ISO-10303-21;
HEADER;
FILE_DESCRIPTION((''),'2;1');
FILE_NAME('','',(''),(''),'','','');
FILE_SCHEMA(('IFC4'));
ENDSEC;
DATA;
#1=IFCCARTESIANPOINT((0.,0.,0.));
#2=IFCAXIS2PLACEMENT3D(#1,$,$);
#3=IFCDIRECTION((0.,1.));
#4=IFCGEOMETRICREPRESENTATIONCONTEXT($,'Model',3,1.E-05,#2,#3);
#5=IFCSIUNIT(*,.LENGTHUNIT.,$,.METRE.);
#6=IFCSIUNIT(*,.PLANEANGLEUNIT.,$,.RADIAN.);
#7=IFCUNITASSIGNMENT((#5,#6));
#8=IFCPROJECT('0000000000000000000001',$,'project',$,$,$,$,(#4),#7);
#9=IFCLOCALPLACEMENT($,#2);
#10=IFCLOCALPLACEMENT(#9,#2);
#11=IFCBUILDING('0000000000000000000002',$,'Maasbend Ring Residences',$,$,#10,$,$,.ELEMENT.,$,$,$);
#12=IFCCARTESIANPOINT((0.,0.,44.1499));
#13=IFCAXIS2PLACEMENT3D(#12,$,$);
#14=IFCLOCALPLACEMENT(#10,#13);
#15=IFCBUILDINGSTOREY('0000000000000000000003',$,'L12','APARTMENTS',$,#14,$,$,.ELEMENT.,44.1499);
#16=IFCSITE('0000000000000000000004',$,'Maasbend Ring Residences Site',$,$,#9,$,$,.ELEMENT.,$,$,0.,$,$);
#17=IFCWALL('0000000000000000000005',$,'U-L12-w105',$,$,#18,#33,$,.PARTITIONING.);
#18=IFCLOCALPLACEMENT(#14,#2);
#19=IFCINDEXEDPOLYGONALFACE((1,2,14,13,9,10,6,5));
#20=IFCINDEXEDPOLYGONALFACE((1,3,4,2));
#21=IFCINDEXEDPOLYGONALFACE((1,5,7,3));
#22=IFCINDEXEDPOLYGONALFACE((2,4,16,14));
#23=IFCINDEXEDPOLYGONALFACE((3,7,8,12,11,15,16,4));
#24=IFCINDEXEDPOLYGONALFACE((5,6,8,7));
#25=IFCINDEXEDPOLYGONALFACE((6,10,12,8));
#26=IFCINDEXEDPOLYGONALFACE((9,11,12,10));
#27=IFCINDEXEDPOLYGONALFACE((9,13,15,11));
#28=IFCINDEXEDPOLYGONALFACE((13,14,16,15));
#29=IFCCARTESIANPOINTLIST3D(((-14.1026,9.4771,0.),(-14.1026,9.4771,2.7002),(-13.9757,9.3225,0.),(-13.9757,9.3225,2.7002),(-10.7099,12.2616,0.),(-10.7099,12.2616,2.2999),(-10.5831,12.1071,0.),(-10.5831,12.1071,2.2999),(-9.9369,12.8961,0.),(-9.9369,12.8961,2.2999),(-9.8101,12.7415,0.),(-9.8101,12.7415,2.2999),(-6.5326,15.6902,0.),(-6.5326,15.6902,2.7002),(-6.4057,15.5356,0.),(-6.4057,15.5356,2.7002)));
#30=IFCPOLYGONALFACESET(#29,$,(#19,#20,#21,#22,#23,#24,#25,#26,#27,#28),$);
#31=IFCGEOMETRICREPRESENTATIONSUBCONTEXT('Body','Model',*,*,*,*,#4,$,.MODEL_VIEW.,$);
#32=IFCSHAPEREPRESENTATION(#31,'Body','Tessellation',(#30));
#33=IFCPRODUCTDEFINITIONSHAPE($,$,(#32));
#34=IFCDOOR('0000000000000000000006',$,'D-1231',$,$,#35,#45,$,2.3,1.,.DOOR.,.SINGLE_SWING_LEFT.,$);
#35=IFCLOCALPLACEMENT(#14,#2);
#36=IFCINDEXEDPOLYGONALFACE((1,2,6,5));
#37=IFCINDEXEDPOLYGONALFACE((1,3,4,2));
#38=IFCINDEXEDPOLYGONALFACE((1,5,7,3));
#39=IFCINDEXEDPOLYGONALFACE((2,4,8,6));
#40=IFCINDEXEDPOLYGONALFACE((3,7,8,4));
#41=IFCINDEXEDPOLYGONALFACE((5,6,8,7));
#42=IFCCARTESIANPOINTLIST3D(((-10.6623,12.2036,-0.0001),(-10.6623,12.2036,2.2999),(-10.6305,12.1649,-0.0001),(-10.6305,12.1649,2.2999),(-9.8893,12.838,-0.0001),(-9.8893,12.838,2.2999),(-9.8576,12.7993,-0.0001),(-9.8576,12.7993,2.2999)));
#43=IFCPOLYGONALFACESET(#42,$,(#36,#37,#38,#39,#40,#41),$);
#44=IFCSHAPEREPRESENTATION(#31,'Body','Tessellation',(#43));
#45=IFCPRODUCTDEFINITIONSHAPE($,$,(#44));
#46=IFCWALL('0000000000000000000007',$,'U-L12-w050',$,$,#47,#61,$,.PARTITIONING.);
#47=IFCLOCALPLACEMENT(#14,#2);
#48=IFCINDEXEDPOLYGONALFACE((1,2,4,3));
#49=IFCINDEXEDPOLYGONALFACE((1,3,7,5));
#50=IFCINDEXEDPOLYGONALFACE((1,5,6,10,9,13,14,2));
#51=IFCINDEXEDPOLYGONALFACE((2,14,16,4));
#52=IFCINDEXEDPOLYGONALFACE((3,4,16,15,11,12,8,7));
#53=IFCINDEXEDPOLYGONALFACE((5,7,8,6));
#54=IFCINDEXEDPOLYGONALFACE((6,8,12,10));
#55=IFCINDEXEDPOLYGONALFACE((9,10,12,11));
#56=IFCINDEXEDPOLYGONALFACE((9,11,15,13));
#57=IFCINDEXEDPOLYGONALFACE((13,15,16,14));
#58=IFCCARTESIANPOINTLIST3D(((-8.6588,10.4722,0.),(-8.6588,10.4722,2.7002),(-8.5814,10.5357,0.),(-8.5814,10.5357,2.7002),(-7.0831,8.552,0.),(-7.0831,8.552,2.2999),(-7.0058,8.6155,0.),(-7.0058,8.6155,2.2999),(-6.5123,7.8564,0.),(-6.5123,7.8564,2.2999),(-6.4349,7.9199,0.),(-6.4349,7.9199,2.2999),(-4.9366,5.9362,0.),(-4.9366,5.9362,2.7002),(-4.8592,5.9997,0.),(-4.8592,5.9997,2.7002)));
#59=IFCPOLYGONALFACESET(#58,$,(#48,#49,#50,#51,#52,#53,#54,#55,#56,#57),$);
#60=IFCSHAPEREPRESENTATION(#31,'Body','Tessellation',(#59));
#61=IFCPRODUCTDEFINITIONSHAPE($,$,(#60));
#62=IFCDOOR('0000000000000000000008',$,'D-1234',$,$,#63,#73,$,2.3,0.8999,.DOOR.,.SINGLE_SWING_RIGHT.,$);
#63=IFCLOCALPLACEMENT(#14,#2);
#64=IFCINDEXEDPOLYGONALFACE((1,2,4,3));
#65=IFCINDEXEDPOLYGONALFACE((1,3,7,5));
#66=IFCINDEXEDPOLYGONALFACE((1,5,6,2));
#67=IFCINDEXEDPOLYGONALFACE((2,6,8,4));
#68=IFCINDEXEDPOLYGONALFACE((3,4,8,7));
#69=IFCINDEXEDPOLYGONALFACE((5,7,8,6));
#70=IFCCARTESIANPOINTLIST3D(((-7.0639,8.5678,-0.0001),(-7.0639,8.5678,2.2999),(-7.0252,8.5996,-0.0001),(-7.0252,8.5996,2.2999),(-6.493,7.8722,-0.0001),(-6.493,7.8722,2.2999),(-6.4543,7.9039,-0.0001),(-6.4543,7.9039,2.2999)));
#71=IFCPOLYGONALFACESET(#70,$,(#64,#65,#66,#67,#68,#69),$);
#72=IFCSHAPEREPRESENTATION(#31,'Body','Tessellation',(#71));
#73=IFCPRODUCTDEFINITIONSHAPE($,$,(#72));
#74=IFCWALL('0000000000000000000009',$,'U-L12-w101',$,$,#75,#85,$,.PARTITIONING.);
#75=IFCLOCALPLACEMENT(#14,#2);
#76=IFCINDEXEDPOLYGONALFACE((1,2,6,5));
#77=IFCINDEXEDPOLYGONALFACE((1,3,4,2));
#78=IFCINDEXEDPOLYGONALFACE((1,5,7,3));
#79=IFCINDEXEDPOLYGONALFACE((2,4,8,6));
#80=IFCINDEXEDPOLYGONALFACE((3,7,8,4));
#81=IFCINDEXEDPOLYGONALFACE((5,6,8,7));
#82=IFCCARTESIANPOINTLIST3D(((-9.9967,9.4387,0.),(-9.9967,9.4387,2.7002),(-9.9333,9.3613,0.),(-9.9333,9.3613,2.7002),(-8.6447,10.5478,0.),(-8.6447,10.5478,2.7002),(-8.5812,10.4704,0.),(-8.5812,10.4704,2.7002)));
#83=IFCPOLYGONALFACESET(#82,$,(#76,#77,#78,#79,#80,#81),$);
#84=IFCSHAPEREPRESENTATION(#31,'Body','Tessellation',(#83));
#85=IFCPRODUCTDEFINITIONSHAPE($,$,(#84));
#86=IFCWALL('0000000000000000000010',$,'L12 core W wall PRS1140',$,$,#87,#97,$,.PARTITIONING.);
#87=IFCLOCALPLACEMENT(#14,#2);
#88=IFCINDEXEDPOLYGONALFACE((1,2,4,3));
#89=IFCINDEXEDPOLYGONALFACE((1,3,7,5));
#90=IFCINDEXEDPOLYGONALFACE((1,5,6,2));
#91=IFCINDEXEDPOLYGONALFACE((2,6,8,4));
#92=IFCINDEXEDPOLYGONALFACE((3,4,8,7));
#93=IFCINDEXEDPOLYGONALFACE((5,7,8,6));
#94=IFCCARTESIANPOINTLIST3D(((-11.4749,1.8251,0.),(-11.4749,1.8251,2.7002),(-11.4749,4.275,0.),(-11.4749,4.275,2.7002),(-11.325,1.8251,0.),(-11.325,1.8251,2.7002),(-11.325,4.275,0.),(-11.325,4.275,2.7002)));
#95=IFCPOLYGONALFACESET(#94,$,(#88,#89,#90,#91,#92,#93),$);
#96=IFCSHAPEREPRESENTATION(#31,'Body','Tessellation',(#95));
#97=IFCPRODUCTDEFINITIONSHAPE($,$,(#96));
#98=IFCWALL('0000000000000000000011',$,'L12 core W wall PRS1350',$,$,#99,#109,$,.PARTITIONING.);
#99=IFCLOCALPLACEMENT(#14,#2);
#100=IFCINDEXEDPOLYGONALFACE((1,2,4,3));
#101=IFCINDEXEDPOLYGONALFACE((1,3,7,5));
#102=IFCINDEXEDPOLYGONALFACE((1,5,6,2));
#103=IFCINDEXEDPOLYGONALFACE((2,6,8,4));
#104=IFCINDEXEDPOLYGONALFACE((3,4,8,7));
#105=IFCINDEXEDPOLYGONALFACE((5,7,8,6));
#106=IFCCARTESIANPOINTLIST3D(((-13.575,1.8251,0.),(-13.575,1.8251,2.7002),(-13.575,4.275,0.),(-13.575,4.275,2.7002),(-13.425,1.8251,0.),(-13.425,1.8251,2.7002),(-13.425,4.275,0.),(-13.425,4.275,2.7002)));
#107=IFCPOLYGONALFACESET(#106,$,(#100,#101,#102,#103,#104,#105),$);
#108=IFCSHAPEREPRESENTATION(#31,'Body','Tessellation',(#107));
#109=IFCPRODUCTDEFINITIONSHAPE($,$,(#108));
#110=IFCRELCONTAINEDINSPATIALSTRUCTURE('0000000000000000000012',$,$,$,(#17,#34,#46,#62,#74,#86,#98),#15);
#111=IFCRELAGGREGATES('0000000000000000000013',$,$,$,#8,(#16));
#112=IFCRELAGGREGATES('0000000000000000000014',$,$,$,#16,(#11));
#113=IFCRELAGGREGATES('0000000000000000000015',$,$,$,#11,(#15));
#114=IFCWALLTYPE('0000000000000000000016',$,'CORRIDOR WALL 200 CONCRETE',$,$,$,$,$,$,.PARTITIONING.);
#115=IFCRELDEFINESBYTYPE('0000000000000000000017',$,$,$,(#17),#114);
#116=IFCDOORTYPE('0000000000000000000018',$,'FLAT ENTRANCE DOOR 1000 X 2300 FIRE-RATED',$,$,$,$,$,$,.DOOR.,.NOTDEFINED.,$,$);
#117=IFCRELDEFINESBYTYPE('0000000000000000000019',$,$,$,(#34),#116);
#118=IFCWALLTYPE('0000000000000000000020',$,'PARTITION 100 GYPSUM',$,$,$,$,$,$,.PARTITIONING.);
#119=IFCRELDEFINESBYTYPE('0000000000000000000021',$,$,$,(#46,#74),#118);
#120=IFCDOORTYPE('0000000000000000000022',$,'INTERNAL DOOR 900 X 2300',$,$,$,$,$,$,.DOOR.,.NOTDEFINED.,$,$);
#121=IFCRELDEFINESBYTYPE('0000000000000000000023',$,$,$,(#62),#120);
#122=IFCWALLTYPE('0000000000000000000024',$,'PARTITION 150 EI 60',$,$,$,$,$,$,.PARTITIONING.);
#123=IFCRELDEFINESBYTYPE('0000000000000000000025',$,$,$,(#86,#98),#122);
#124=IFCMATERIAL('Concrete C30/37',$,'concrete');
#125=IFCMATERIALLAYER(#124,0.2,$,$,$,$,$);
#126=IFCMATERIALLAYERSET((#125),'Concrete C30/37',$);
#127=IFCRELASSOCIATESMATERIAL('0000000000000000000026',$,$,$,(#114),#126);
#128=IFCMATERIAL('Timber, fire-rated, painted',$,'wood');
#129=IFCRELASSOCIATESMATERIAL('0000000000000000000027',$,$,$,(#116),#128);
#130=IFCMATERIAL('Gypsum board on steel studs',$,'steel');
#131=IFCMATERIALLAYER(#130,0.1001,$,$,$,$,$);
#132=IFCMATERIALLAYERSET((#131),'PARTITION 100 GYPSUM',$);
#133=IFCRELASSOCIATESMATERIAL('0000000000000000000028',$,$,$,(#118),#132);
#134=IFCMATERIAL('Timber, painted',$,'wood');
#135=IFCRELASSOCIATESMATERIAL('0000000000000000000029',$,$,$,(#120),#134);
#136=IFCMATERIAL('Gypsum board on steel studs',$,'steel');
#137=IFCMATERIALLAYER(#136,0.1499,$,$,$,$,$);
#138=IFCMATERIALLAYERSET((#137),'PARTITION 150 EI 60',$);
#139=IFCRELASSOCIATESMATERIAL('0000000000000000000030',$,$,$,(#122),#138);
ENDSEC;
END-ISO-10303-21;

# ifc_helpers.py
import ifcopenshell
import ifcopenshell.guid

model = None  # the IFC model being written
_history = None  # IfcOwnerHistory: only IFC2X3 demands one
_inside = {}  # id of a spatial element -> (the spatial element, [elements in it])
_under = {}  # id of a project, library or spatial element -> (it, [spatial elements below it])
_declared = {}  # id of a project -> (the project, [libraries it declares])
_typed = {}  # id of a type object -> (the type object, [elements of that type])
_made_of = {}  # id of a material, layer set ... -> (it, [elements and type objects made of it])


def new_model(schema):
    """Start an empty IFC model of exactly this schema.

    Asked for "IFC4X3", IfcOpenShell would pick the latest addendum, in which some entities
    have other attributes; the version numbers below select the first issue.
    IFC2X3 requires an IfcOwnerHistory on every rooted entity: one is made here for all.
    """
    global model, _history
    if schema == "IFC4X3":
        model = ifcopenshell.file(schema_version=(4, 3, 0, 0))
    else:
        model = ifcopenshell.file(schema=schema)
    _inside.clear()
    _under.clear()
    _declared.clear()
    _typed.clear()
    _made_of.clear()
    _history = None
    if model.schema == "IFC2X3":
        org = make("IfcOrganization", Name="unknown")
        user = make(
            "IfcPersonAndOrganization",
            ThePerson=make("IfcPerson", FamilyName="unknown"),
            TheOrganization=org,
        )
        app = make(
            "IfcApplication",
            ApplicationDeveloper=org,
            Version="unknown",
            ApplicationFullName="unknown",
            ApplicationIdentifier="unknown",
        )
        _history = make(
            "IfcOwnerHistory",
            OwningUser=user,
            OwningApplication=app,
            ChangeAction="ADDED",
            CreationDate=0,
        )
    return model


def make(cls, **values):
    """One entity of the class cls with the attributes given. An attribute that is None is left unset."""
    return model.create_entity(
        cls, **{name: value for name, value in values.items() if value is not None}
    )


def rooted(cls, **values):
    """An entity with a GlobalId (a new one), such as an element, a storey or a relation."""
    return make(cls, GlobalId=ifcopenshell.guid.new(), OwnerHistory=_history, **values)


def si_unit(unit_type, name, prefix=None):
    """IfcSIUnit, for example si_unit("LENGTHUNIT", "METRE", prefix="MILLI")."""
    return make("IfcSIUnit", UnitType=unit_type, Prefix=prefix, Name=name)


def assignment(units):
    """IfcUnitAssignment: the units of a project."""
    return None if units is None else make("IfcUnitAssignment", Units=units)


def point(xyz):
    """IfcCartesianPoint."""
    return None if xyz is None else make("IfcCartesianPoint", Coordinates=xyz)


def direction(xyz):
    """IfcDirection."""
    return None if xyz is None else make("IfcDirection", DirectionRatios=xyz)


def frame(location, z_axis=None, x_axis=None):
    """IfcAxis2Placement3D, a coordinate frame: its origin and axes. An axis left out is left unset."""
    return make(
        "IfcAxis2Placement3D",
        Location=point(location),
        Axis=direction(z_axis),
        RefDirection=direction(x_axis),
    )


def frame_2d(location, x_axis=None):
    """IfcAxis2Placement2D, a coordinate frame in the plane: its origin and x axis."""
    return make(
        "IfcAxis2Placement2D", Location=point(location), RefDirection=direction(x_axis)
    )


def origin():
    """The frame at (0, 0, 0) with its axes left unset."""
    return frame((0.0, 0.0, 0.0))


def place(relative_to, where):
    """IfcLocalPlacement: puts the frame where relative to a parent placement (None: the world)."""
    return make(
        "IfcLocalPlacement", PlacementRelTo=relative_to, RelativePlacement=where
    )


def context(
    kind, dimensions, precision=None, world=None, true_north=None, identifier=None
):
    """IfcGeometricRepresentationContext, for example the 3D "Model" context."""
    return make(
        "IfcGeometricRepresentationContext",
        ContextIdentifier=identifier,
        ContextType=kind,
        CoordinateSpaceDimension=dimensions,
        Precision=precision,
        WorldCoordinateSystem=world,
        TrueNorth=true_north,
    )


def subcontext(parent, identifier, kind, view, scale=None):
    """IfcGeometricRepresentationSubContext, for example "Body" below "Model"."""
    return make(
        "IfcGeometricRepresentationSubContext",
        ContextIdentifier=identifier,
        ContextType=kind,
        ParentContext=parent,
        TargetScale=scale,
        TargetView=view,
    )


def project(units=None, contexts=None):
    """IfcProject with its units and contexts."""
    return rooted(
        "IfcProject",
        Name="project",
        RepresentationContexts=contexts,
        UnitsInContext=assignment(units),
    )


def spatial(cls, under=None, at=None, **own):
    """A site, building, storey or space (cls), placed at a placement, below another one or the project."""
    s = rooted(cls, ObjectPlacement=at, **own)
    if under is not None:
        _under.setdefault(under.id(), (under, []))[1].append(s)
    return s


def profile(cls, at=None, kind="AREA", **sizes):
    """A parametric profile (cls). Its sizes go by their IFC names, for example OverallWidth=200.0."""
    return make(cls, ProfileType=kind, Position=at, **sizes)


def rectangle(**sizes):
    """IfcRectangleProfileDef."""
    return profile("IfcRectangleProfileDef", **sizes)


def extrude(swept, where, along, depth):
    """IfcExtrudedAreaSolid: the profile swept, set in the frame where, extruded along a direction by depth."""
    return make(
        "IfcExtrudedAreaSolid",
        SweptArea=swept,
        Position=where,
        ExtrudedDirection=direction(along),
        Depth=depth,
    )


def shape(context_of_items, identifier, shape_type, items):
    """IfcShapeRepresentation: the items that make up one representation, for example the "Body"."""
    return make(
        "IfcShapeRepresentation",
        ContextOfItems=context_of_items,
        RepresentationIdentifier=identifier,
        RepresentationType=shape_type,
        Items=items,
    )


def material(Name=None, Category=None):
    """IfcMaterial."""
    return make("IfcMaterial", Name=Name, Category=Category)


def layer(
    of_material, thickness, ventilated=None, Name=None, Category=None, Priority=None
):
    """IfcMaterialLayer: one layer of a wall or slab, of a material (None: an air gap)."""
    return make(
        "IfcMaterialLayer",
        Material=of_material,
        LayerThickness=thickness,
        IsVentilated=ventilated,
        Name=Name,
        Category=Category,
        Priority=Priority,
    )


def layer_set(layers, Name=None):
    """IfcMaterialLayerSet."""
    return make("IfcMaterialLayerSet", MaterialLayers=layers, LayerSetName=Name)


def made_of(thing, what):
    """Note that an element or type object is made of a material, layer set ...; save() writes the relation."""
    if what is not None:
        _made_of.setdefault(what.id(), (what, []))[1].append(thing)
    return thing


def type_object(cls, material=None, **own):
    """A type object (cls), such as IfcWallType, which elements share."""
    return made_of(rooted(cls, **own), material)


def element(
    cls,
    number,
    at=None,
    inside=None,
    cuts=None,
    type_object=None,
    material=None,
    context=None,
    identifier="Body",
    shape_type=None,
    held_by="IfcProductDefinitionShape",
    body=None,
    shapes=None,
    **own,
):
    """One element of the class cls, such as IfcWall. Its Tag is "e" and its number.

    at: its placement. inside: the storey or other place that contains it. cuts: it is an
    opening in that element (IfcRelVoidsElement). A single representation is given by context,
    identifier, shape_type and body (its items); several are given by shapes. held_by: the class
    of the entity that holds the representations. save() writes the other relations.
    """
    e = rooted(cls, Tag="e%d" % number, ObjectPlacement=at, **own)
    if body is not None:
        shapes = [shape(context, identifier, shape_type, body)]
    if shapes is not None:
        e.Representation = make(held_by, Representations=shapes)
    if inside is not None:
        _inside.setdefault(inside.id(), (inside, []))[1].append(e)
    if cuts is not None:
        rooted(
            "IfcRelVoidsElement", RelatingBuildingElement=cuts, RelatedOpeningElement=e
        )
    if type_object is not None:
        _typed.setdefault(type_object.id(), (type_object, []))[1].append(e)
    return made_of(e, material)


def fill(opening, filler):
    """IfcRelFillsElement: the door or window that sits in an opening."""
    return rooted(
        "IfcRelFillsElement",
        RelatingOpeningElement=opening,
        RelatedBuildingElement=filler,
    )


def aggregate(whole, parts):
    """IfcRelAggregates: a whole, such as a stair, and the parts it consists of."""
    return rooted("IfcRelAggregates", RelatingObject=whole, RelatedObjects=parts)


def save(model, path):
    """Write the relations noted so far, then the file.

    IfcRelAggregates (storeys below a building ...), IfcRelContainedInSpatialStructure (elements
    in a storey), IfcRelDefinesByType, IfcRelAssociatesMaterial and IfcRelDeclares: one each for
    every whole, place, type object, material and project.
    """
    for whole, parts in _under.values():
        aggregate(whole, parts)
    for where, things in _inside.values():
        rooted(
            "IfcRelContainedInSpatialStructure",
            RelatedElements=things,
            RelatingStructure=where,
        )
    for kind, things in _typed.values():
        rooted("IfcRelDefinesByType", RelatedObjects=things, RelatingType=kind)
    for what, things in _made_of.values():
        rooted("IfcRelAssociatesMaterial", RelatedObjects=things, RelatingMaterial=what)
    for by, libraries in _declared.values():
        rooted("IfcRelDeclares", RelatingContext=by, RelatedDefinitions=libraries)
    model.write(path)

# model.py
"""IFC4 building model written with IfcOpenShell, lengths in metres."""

from ifc_helpers import new_model, si_unit, direction, frame, frame_2d, origin, place, context, subcontext, project, spatial, rectangle, extrude, material, layer, layer_set, type_object, element, fill, save


model = new_model("IFC4")

# Units and contexts
model_context = context("Model", 3, precision=1e-05, world=origin(), true_north=direction((0.0, 1.0)))
body_context = subcontext(model_context, "Body", "Model", "MODEL_VIEW")
ifc_project = project(units=[si_unit("LENGTHUNIT", "METRE"), si_unit("PLANEANGLEUNIT", "RADIAN")], contexts=[model_context])

# Site, building, storey
site_placement = place(None, origin())
site = spatial("IfcSite", under=ifc_project, at=site_placement, Name="Maasbend Ring Residences Site", CompositionType="ELEMENT", RefElevation=0.0)
building_placement = place(site_placement, origin())
building = spatial("IfcBuilding", under=site, at=building_placement, Name="Maasbend Ring Residences", CompositionType="ELEMENT")
storey_placement = place(building_placement, frame((0.0, 0.0, 44.1499)))
storey = spatial("IfcBuildingStorey", under=building, at=storey_placement, Name="L12", Description="APARTMENTS", CompositionType="ELEMENT", Elevation=44.1499)

# Walls, openings, doors
ifc_material_1 = material(Name="Concrete C30/37", Category="concrete")
ifc_layer_1 = layer(ifc_material_1, 0.2)
ifc_layer_set_1 = layer_set([ifc_layer_1], Name="Concrete C30/37")
wall_type_1 = type_object("IfcWallType", Name="CORRIDOR WALL 200 CONCRETE", PredefinedType="PARTITIONING", material=ifc_layer_set_1)
wall_1_placement = place(storey_placement, frame((-14.0391, 9.3999, 0.0), z_axis=(0.0, 0.0, 1.0), x_axis=(0.772983, 0.634426, 0.0)))
wall_1 = element("IfcWall", 1, at=wall_1_placement, inside=storey, type_object=wall_type_1, Name="U-L12-w105", PredefinedType="PARTITIONING", context=body_context, shape_type="SweptSolid", body=[
    extrude(rectangle(XDim=9.7932, YDim=0.2, at=frame_2d((4.8965, 0.0))), origin(), (0.0, 0.0, 1.0), 2.7002),
])
opening_1_placement = place(wall_1_placement, frame((4.3889, 0.0, 0.0)))
opening_1 = element("IfcOpeningElement", 2, at=opening_1_placement, cuts=wall_1, PredefinedType="OPENING", context=body_context, shape_type="SweptSolid", body=[
    extrude(rectangle(XDim=1.0, YDim=2.3, at=frame_2d((0.5, 1.1499))), frame((0.0, 0.1099, 0.0), z_axis=(0.0, -1.0, 0.0), x_axis=(1.0, 0.0, 0.0)), (0.0, 0.0, 1.0), 0.22),
])
ifc_material_2 = material(Name="Timber, fire-rated, painted", Category="wood")
door_type_1 = type_object("IfcDoorType", Name="FLAT ENTRANCE DOOR 1000 X 2300 FIRE-RATED", OperationType="NOTDEFINED", PredefinedType="DOOR", material=ifc_material_2)
door_1_placement = place(opening_1_placement, origin())
door_1 = element("IfcDoor", 3, at=door_1_placement, inside=storey, type_object=door_type_1, Name="D-1231", OperationType="SINGLE_SWING_LEFT", OverallHeight=2.3, OverallWidth=1.0, PredefinedType="DOOR", context=body_context, shape_type="SweptSolid", body=[
    extrude(rectangle(XDim=1.0, YDim=2.3, at=frame_2d((0.5, 1.1499))), frame((0.0, 0.0249, 0.0), z_axis=(0.0, -1.0, 0.0), x_axis=(1.0, 0.0, 0.0)), (0.0, 0.0, 1.0), 0.05),
])
fill(opening_1, door_1)
ifc_material_3 = material(Name="Gypsum board on steel studs", Category="steel")
ifc_layer_2 = layer(ifc_material_3, 0.1001)
ifc_layer_set_2 = layer_set([ifc_layer_2], Name="PARTITION 100 GYPSUM")
wall_type_2 = type_object("IfcWallType", Name="PARTITION 100 GYPSUM", PredefinedType="PARTITIONING", material=ifc_layer_set_2)
wall_2_placement = place(storey_placement, frame((-8.6201, 10.5039, 0.0), z_axis=(0.0, 0.0, 1.0), x_axis=(0.634359, -0.773039, 0.0)))
wall_2 = element("IfcWall", 4, at=wall_2_placement, inside=storey, type_object=wall_type_2, Name="U-L12-w050", PredefinedType="PARTITIONING", context=body_context, shape_type="SweptSolid", body=[
    extrude(rectangle(XDim=5.8677, YDim=0.1001, at=frame_2d((2.9338, 0.0))), origin(), (0.0, 0.0, 1.0), 2.7002),
])
opening_2_placement = place(wall_2_placement, frame((2.4839, 0.0, 0.0)))
opening_2 = element("IfcOpeningElement", 5, at=opening_2_placement, cuts=wall_2, PredefinedType="OPENING", context=body_context, shape_type="SweptSolid", body=[
    extrude(rectangle(XDim=0.8999, YDim=2.3, at=frame_2d((0.45, 1.1499))), frame((0.0, 0.0601, 0.0), z_axis=(0.0, -1.0, 0.0), x_axis=(1.0, 0.0, 0.0)), (0.0, 0.0, 1.0), 0.1201),
])
ifc_material_4 = material(Name="Timber, painted", Category="wood")
door_type_2 = type_object("IfcDoorType", Name="INTERNAL DOOR 900 X 2300", OperationType="NOTDEFINED", PredefinedType="DOOR", material=ifc_material_4)
door_2_placement = place(opening_2_placement, origin())
door_2 = element("IfcDoor", 6, at=door_2_placement, inside=storey, type_object=door_type_2, Name="D-1234", OperationType="SINGLE_SWING_RIGHT", OverallHeight=2.3, OverallWidth=0.8999, PredefinedType="DOOR", context=body_context, shape_type="SweptSolid", body=[
    extrude(rectangle(XDim=0.8999, YDim=2.3, at=frame_2d((0.45, 1.1499))), frame((0.0, 0.0249, 0.0), z_axis=(0.0, -1.0, 0.0), x_axis=(1.0, 0.0, 0.0)), (0.0, 0.0, 1.0), 0.05),
])
fill(opening_2, door_2)

# Walls
wall_3_placement = place(storey_placement, frame((-9.9651, 9.3999, 0.0), z_axis=(0.0, 0.0, 1.0), x_axis=(0.773142, 0.634233, 0.0)))
element("IfcWall", 7, at=wall_3_placement, inside=storey, type_object=wall_type_2, Name="U-L12-w101", PredefinedType="PARTITIONING", context=body_context, shape_type="SweptSolid", body=[
    extrude(rectangle(XDim=1.7488, YDim=0.1001, at=frame_2d((0.8745, 0.0))), origin(), (0.0, 0.0, 1.0), 2.7002),
])
ifc_material_5 = material(Name="Gypsum board on steel studs", Category="steel")
ifc_layer_3 = layer(ifc_material_5, 0.1499)
ifc_layer_set_3 = layer_set([ifc_layer_3], Name="PARTITION 150 EI 60")
wall_type_3 = type_object("IfcWallType", Name="PARTITION 150 EI 60", PredefinedType="PARTITIONING", material=ifc_layer_set_3)
for number, where, z_axis, x_axis, name in (
    (8, (-11.3999, 1.825, 0.0), (0.0, 0.0, 1.0), (0.0, 1.0, 0.0), "L12 core W wall PRS1140"),
    (9, (-13.5, 1.825, 0.0), (0.0, 0.0, 1.0), (0.0, 1.0, 0.0), "L12 core W wall PRS1350"),
):
    element("IfcWall", number, at=place(storey_placement, frame(where, z_axis=z_axis, x_axis=x_axis)), inside=storey, type_object=wall_type_3, Name=name, PredefinedType="PARTITIONING", context=body_context, shape_type="SweptSolid", body=[
        extrude(rectangle(XDim=2.45, YDim=0.1499, at=frame_2d((1.2251, 0.0))), origin(), (0.0, 0.0, 1.0), 2.7002),
    ])

save(model, "model.ifc")
